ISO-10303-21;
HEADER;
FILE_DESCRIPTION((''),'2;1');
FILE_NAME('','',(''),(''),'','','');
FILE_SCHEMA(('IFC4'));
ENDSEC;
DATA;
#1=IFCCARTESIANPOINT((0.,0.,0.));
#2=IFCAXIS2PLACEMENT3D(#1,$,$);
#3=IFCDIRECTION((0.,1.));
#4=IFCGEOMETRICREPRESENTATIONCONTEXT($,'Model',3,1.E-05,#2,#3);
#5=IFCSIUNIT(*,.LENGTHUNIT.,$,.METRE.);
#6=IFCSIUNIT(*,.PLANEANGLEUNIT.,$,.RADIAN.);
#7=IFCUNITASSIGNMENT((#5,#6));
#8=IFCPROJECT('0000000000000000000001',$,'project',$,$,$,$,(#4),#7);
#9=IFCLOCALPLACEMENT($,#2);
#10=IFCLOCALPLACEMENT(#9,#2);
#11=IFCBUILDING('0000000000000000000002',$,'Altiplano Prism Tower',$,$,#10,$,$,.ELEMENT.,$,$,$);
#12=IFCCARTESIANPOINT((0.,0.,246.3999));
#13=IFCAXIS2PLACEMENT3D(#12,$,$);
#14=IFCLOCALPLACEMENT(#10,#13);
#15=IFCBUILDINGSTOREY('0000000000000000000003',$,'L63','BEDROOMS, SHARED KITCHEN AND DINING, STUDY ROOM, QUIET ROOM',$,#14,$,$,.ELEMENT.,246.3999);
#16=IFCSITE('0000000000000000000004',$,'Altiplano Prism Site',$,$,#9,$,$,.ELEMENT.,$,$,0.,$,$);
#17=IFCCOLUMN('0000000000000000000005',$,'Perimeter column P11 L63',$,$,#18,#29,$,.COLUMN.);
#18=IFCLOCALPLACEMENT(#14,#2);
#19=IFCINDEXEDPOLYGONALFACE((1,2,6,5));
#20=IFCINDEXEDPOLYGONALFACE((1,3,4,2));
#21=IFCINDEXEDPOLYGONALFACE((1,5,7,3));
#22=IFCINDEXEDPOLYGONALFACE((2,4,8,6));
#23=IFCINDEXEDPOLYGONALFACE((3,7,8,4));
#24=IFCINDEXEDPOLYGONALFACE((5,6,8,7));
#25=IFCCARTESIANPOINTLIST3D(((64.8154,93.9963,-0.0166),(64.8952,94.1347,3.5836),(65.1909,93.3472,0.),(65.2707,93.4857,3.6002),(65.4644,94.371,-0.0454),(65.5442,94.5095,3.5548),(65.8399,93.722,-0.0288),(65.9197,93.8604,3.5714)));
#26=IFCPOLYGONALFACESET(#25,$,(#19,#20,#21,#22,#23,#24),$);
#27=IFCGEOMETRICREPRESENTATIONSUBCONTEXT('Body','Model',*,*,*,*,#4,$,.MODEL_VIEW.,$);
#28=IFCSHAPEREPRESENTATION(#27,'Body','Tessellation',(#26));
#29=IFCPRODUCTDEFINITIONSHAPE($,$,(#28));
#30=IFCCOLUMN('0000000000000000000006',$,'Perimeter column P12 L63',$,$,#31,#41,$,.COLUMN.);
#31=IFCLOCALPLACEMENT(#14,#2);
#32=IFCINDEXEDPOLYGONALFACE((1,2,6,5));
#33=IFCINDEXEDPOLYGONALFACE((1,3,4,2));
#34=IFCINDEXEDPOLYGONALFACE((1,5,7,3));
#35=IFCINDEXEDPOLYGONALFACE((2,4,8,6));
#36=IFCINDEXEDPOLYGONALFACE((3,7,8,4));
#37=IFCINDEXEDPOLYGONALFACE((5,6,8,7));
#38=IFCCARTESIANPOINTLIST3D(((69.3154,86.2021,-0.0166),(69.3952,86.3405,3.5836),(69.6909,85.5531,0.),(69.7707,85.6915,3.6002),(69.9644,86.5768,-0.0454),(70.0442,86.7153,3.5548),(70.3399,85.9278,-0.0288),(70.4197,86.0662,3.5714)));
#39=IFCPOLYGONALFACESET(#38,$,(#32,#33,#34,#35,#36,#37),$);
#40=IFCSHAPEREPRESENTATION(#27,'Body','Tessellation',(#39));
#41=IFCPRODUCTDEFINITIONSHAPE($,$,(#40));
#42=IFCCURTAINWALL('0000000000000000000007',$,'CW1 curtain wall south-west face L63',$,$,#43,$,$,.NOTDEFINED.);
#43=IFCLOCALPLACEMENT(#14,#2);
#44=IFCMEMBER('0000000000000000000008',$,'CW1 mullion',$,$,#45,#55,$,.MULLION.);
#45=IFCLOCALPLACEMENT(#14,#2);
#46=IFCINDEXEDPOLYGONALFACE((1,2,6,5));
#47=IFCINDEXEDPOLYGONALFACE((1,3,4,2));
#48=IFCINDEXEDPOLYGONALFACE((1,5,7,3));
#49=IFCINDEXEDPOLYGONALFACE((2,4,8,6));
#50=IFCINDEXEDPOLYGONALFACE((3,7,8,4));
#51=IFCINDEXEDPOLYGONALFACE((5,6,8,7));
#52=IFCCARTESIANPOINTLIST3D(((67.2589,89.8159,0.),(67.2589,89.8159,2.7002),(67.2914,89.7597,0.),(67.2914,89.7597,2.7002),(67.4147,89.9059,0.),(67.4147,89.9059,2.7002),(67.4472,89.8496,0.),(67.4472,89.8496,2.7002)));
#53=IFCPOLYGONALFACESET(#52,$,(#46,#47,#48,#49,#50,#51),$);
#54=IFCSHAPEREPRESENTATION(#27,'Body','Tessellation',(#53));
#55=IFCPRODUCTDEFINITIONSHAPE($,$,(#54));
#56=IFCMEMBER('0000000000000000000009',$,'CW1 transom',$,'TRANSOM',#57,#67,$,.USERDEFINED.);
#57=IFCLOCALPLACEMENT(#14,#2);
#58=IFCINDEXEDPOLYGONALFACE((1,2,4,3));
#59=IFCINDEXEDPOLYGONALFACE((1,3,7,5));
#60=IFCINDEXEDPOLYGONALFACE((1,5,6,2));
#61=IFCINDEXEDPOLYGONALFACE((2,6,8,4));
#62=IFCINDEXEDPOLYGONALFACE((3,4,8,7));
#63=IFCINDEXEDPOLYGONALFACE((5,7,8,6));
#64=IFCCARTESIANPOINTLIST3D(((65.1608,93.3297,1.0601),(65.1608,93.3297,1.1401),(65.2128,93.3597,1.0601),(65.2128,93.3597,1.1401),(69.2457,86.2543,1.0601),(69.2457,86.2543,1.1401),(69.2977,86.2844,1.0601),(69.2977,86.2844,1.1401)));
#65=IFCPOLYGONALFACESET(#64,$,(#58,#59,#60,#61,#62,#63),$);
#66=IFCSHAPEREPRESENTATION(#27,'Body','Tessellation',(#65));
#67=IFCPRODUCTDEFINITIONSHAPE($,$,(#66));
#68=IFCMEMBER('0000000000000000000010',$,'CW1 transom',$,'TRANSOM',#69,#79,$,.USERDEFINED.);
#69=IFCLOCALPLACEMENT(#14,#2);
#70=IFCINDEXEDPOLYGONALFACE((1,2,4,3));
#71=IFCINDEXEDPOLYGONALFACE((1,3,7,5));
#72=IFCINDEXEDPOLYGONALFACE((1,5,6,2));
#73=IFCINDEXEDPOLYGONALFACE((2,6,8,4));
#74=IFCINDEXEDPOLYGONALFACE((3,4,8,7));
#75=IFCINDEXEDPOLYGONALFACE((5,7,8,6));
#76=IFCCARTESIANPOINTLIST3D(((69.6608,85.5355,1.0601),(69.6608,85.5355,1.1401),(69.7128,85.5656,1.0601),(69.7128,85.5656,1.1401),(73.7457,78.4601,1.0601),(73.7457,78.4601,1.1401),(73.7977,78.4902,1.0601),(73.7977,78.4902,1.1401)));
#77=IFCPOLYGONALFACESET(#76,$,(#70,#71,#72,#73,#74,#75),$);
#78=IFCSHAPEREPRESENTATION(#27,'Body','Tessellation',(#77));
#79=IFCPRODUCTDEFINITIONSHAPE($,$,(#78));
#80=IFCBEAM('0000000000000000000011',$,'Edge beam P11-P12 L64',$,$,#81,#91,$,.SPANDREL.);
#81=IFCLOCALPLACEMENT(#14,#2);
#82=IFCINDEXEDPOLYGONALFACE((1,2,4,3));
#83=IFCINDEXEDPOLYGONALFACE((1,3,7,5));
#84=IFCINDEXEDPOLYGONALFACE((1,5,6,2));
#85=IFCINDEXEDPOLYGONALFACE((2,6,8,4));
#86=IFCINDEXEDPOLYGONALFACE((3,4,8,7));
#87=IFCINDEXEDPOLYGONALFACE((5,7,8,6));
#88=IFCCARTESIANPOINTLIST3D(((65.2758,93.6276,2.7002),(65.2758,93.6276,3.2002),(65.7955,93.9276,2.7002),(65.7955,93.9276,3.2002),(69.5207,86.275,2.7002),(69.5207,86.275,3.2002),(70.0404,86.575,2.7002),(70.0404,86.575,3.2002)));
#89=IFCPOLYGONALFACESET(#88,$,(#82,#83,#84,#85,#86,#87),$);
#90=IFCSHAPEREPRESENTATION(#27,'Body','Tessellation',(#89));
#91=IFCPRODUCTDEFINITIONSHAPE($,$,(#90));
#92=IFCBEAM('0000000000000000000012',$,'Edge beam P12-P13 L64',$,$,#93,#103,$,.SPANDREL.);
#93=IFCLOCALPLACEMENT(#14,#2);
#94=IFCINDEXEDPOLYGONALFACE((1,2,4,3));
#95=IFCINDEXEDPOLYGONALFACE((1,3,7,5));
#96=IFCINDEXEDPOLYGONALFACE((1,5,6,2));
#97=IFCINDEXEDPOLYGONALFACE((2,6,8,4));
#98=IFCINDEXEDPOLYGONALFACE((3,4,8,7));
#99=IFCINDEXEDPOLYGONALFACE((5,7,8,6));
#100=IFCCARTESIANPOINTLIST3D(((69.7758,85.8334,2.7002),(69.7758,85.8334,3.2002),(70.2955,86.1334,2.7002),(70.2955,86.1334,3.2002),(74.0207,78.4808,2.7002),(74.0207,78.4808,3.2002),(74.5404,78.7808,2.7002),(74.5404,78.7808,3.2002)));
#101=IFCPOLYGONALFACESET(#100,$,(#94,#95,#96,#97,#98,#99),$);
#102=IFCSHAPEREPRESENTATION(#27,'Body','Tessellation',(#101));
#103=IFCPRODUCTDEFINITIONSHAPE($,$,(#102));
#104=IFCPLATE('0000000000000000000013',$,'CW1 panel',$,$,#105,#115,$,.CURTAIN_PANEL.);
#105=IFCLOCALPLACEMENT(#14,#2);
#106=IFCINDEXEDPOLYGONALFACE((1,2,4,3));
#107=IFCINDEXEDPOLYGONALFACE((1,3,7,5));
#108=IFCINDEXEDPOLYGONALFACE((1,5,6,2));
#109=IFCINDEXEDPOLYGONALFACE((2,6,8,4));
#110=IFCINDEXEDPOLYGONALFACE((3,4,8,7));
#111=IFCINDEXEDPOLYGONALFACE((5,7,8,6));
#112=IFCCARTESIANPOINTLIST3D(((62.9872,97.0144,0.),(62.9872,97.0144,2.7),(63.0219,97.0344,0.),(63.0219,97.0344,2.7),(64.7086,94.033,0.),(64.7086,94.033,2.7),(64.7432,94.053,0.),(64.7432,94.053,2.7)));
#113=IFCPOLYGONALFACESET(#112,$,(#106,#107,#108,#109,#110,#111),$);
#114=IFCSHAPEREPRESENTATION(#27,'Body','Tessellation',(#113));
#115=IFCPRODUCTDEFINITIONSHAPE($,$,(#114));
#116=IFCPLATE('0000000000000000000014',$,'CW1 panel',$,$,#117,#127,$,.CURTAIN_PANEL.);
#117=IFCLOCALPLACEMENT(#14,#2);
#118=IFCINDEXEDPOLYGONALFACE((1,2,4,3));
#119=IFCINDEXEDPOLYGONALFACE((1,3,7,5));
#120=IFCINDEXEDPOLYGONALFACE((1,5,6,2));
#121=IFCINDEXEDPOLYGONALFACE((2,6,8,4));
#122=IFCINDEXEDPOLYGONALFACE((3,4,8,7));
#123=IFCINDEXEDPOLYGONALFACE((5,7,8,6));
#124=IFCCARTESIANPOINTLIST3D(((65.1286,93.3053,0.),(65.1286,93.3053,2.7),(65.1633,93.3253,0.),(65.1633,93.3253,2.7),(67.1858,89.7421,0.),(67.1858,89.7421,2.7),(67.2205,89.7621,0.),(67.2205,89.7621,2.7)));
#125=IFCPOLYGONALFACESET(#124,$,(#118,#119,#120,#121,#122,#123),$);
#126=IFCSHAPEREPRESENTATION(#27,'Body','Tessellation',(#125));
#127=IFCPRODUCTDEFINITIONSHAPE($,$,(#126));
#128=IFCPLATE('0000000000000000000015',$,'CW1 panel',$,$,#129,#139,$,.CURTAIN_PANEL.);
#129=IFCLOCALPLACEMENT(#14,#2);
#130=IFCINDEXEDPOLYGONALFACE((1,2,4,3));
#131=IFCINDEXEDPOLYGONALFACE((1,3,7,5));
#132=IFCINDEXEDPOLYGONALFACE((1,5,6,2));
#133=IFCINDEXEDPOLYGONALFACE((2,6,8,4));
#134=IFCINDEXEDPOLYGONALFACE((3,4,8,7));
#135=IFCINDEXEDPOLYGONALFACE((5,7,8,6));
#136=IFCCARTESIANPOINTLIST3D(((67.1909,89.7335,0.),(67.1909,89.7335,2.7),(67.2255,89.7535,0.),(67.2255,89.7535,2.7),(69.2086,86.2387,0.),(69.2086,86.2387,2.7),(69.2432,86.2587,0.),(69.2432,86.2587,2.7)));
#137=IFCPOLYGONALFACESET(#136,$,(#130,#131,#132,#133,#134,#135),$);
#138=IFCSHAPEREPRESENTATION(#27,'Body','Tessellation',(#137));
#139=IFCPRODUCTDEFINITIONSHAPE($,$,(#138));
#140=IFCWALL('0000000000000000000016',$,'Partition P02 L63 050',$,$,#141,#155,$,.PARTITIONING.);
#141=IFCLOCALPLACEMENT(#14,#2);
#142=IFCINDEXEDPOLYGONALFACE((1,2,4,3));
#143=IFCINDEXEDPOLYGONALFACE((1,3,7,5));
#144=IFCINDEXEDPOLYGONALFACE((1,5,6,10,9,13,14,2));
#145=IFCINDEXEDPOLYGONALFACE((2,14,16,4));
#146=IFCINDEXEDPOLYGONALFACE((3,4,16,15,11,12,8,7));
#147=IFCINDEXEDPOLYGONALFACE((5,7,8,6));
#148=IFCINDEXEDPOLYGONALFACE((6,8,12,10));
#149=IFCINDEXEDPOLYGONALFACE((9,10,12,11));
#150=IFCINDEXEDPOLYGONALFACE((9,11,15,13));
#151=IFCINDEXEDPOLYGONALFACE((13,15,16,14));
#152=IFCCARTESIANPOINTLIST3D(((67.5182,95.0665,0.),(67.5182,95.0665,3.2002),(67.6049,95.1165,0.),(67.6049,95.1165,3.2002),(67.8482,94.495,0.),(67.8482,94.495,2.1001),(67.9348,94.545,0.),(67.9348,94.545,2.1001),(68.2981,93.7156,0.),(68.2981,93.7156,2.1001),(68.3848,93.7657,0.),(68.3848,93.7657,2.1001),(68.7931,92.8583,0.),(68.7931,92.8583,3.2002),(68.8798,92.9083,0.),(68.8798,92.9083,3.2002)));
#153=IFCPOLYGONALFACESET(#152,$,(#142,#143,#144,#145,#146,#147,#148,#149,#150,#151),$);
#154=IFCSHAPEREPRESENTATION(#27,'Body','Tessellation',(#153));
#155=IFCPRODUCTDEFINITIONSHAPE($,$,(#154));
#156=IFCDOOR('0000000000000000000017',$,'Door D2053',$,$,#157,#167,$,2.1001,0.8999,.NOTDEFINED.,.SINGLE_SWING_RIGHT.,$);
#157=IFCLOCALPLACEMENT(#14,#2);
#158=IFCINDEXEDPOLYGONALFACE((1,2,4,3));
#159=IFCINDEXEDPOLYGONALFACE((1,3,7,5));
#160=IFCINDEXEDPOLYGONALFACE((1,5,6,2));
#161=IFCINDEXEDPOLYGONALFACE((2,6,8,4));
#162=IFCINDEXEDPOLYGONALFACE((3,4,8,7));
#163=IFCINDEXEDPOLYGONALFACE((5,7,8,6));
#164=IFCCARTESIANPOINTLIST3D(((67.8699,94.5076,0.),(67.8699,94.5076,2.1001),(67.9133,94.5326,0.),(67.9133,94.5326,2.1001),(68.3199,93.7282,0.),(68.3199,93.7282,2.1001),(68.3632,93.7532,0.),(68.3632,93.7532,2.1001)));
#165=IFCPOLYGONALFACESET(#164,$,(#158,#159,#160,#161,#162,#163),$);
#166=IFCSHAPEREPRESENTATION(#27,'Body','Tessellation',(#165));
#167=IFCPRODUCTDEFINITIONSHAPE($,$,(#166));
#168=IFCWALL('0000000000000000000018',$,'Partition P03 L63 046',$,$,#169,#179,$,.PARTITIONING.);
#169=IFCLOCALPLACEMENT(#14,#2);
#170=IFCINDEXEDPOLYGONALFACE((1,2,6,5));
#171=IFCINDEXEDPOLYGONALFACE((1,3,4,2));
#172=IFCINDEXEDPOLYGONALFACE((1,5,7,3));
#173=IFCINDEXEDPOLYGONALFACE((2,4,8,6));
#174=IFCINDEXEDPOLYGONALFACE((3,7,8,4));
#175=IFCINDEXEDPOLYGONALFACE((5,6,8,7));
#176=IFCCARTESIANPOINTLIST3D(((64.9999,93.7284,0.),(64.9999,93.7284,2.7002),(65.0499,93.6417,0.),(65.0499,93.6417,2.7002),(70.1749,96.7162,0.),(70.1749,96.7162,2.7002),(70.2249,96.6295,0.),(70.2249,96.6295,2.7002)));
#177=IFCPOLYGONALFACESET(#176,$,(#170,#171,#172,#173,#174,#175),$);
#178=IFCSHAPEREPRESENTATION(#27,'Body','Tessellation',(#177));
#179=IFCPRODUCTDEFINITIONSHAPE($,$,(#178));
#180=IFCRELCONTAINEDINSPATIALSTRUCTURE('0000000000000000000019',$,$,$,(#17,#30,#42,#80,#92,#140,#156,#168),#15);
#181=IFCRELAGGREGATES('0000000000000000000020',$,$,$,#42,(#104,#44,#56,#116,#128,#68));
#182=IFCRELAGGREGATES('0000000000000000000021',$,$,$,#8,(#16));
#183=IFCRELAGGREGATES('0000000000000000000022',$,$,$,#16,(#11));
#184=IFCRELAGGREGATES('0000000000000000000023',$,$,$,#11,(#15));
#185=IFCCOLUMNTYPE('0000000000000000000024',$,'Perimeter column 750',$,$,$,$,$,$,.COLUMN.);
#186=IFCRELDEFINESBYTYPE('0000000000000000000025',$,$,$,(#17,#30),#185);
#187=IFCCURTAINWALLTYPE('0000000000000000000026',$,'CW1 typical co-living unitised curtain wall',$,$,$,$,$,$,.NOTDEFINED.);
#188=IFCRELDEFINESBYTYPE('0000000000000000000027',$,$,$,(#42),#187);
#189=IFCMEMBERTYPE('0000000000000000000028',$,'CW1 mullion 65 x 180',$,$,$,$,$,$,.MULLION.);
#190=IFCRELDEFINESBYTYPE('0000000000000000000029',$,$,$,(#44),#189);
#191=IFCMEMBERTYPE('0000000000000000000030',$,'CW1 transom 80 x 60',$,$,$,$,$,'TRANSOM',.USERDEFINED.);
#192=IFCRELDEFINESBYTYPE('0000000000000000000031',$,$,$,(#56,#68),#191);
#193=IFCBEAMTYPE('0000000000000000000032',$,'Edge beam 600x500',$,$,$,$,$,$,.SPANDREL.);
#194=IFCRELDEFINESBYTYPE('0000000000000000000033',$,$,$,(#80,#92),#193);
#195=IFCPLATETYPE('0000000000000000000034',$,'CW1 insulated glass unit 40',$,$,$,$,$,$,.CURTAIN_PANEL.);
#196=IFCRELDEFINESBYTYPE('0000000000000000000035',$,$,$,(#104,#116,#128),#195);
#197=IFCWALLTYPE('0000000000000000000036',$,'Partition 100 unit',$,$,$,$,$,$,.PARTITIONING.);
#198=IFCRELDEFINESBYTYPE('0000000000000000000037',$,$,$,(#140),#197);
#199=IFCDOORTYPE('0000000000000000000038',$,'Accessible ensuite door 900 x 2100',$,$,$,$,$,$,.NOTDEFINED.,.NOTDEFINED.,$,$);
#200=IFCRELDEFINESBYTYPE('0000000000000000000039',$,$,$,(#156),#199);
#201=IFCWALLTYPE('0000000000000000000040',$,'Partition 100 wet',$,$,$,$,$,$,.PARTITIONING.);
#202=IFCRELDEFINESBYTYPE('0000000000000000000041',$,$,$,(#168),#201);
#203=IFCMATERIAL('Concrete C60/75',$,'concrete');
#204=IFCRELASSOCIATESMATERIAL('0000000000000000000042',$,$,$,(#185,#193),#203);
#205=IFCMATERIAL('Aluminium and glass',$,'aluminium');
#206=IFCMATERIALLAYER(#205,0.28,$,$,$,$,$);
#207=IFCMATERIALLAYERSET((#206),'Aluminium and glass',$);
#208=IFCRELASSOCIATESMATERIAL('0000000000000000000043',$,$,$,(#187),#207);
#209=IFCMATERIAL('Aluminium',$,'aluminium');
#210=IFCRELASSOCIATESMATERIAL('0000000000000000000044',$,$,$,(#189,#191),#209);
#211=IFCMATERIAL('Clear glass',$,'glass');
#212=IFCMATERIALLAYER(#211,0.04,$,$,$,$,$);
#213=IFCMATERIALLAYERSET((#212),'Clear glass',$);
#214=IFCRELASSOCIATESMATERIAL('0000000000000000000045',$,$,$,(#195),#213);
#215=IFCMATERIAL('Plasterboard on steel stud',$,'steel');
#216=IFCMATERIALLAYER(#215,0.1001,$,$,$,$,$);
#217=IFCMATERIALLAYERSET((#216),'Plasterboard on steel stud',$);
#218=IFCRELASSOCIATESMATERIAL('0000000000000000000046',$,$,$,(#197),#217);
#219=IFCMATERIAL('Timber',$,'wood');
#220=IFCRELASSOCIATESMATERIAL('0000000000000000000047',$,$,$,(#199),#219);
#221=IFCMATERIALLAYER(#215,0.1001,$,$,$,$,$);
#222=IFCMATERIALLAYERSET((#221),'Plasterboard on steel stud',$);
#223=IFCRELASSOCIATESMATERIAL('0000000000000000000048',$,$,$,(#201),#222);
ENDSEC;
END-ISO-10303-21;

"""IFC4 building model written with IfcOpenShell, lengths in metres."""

from ifc_helpers import new_model, si_unit, direction, frame, frame_2d, origin, origin_2d, place, context, subcontext, project, spatial, rectangle, extrude, material, layer, layer_set, material_profile, profile_set, type_object, element, fill, aggregate, save


model = new_model("IFC4")

# Units and contexts
model_context = context("Model", 3, precision=1e-05, world=origin(), true_north=direction((0.0, 1.0)))
body_context = subcontext(model_context, "Body", "Model", "MODEL_VIEW")
ifc_project = project(units=[si_unit("LENGTHUNIT", "METRE"), si_unit("PLANEANGLEUNIT", "RADIAN")], contexts=[model_context])

# Site, building, storey
site_placement = place(None, origin())
site = spatial("IfcSite", under=ifc_project, at=site_placement, Name="Altiplano Prism Site", CompositionType="ELEMENT", RefElevation=0.0)
building_placement = place(site_placement, origin())
building = spatial("IfcBuilding", under=site, at=building_placement, Name="Altiplano Prism Tower", CompositionType="ELEMENT")
storey_placement = place(building_placement, frame((0.0, 0.0, 246.3999)))
storey = spatial("IfcBuildingStorey", under=building, at=storey_placement, Name="L63", Description="BEDROOMS, SHARED KITCHEN AND DINING, STUDY ROOM, QUIET ROOM", CompositionType="ELEMENT", Elevation=246.3999)

# Columns
ifc_material_1 = material(Name="Concrete C60/75", Category="concrete")
ifc_material_profile_1 = material_profile(ifc_material_1, rectangle(XDim=0.75, YDim=0.75, at=origin_2d()), Name="Perimeter column 750")
ifc_profile_set_1 = profile_set([ifc_material_profile_1], Name="Concrete C60/75")
column_type = type_object("IfcColumnType", Name="Perimeter column 750", PredefinedType="COLUMN", material=ifc_profile_set_1)
for number, where, z_axis, x_axis, name in (
    (1, (65.3276, 93.8591, -0.0227), (0.022154, 0.038413, 0.999016), (-0.865361, -0.499676, 0.038403), "Perimeter column P11 L63"),
    (2, (69.8276, 86.0649, -0.0227), (0.022154, 0.038413, 0.999016), (-0.865359, -0.499678, 0.038403), "Perimeter column P12 L63"),
):
    element("IfcColumn", number, at=place(storey_placement, frame(where, z_axis=z_axis, x_axis=x_axis)), inside=storey, type_object=column_type, Name=name, PredefinedType="COLUMN", context=body_context, shape_type="SweptSolid", body=[
        extrude(rectangle(XDim=0.75, YDim=0.75, at=origin_2d()), origin(), (0.0, 0.0, 1.0), 3.6038),
    ])

# Curtain wall, members
ifc_material_2 = material(Name="Aluminium and glass", Category="aluminium")
ifc_layer_1 = layer(ifc_material_2, 0.28)
ifc_layer_set_1 = layer_set([ifc_layer_1], Name="Aluminium and glass")
curtain_wall_type = type_object("IfcCurtainWallType", Name="CW1 typical co-living unitised curtain wall", PredefinedType="NOTDEFINED", material=ifc_layer_set_1)
curtain_wall_placement = place(storey_placement, origin())
curtain_wall = element("IfcCurtainWall", 3, at=curtain_wall_placement, inside=storey, type_object=curtain_wall_type, Name="CW1 curtain wall south-west face L63", PredefinedType="NOTDEFINED")
ifc_material_3 = material(Name="Aluminium", Category="aluminium")
ifc_material_profile_2 = material_profile(ifc_material_3, rectangle(XDim=0.1799, YDim=0.0649, at=origin_2d()), Name="CW1 mullion 65 x 180")
ifc_profile_set_2 = profile_set([ifc_material_profile_2], Name="Aluminium")
member_type_1 = type_object("IfcMemberType", Name="CW1 mullion 65 x 180", PredefinedType="MULLION", material=ifc_profile_set_2)
member_1_placement = place(storey_placement, frame((67.353, 89.8328, 0.0), z_axis=(0.0, 0.0, 1.0), x_axis=(0.866025, 0.5, 0.0)))
member_1 = element("IfcMember", 4, at=member_1_placement, type_object=member_type_1, Name="CW1 mullion", PredefinedType="MULLION", context=body_context, shape_type="SweptSolid", body=[
    extrude(rectangle(XDim=0.1799, YDim=0.0649, at=origin_2d()), origin(), (0.0, 0.0, 1.0), 2.7002),
])
ifc_material_profile_3 = material_profile(ifc_material_3, rectangle(XDim=0.0601, YDim=0.0801, at=origin_2d()), Name="CW1 transom 80 x 60")
ifc_profile_set_3 = profile_set([ifc_material_profile_3], Name="Aluminium")
member_type_2 = type_object("IfcMemberType", Name="CW1 transom 80 x 60", ElementType="TRANSOM", PredefinedType="USERDEFINED", material=ifc_profile_set_3)
member_2_placement = place(storey_placement, frame((65.1868, 93.3447, 1.1001), z_axis=(0.499996, -0.866028, 0.0), x_axis=(0.866028, 0.499996, 0.0)))
member_2 = element("IfcMember", 5, at=member_2_placement, type_object=member_type_2, Name="CW1 transom", ObjectType="TRANSOM", PredefinedType="USERDEFINED", context=body_context, shape_type="SweptSolid", body=[
    extrude(rectangle(XDim=0.0601, YDim=0.0801, at=origin_2d()), origin(), (0.0, 0.0, 1.0), 8.1699),
])
member_3_placement = place(storey_placement, frame((69.6868, 85.5505, 1.1001), z_axis=(0.499996, -0.866028, 0.0), x_axis=(0.866028, 0.499996, 0.0)))
member_3 = element("IfcMember", 6, at=member_3_placement, type_object=member_type_2, Name="CW1 transom", ObjectType="TRANSOM", PredefinedType="USERDEFINED", context=body_context, shape_type="SweptSolid", body=[
    extrude(rectangle(XDim=0.0601, YDim=0.0801, at=origin_2d()), origin(), (0.0, 0.0, 1.0), 8.1699),
])

# Beams
ifc_material_profile_4 = material_profile(ifc_material_1, rectangle(XDim=0.6001, YDim=0.5, at=origin_2d()), Name="Edge beam 600x500")
ifc_profile_set_4 = profile_set([ifc_material_profile_4], Name="Concrete C60/75")
beam_type = type_object("IfcBeamType", Name="Edge beam 600x500", PredefinedType="SPANDREL", material=ifc_profile_set_4)
for number, where, z_axis, x_axis, name in (
    (7, (65.5356, 93.7776, 2.9502), (0.49999, -0.866031, 0.0), (0.866031, 0.49999, 0.0), "Edge beam P11-P12 L64"),
    (8, (70.0356, 85.9834, 2.9502), (0.49999, -0.866031, 0.0), (0.866031, 0.49999, 0.0), "Edge beam P12-P13 L64"),
):
    element("IfcBeam", number, at=place(storey_placement, frame(where, z_axis=z_axis, x_axis=x_axis)), inside=storey, type_object=beam_type, Name=name, PredefinedType="SPANDREL", context=body_context, shape_type="SweptSolid", body=[
        extrude(rectangle(XDim=0.6001, YDim=0.5, at=origin_2d()), origin(), (0.0, 0.0, 1.0), 8.49),
    ])

# Plates
ifc_material_4 = material(Name="Clear glass", Category="glass")
ifc_layer_2 = layer(ifc_material_4, 0.04)
ifc_layer_set_2 = layer_set([ifc_layer_2], Name="Clear glass")
plate_type = type_object("IfcPlateType", Name="CW1 insulated glass unit 40", PredefinedType="CURTAIN_PANEL", material=ifc_layer_set_2)
plate_1_placement = place(storey_placement, frame((63.8652, 95.5337, 0.0), z_axis=(0.0, 0.0, 1.0), x_axis=(0.5, -0.866025, 0.0)))
plate_1 = element("IfcPlate", 9, at=plate_1_placement, type_object=plate_type, Name="CW1 panel", PredefinedType="CURTAIN_PANEL", context=body_context, shape_type="SweptSolid", body=[
    extrude(rectangle(XDim=3.4426, YDim=0.04, at=origin_2d()), origin(), (0.0, 0.0, 1.0), 2.7),
])
plate_2_placement = place(storey_placement, frame((66.1746, 91.5337, 0.0), z_axis=(0.0, 0.0, 1.0), x_axis=(0.5, -0.866025, 0.0)))
plate_2 = element("IfcPlate", 10, at=plate_2_placement, type_object=plate_type, Name="CW1 panel", PredefinedType="CURTAIN_PANEL", context=body_context, shape_type="SweptSolid", body=[
    extrude(rectangle(XDim=4.1145, YDim=0.04, at=origin_2d()), origin(), (0.0, 0.0, 1.0), 2.7),
])
plate_3_placement = place(storey_placement, frame((68.217, 87.9961, 0.0), z_axis=(0.0, 0.0, 1.0), x_axis=(0.5, -0.866025, 0.0)))
plate_3 = element("IfcPlate", 11, at=plate_3_placement, type_object=plate_type, Name="CW1 panel", PredefinedType="CURTAIN_PANEL", context=body_context, shape_type="SweptSolid", body=[
    extrude(rectangle(XDim=4.0354, YDim=0.04, at=origin_2d()), origin(), (0.0, 0.0, 1.0), 2.7),
])
aggregate(curtain_wall, [plate_1, member_1, member_2, plate_2, plate_3, member_3])

# Wall, opening, door
ifc_material_5 = material(Name="Plasterboard on steel stud", Category="steel")
ifc_layer_3 = layer(ifc_material_5, 0.1001)
ifc_layer_set_3 = layer_set([ifc_layer_3], Name="Plasterboard on steel stud")
wall_type_1 = type_object("IfcWallType", Name="Partition 100 unit", PredefinedType="PARTITIONING", material=ifc_layer_set_3)
wall_1_placement = place(storey_placement, frame((68.8364, 92.8833, 0.0), z_axis=(0.0, 0.0, 1.0), x_axis=(-0.49999, 0.866031, 0.0)))
wall_1 = element("IfcWall", 12, at=wall_1_placement, inside=storey, type_object=wall_type_1, Name="Partition P02 L63 050", PredefinedType="PARTITIONING", context=body_context, shape_type="SweptSolid", body=[
    extrude(rectangle(XDim=2.5498, YDim=0.1001, at=frame_2d((1.2749, 0.0))), origin(), (0.0, 0.0, 1.0), 3.2002),
])
opening_1_placement = place(wall_1_placement, frame((0.99, 0.0, 0.0)))
opening_1 = element("IfcOpeningElement", 13, at=opening_1_placement, cuts=wall_1, PredefinedType="OPENING", context=body_context, shape_type="SweptSolid", body=[
    extrude(rectangle(XDim=0.8999, YDim=2.1001, at=frame_2d((0.45, 1.05))), frame((0.0, 0.0605, 0.0), z_axis=(0.0, -1.0, 0.0), x_axis=(1.0, 0.0, 0.0)), (0.0, 0.0, 1.0), 0.1211),
])
ifc_material_6 = material(Name="Timber", Category="wood")
door_type_1 = type_object("IfcDoorType", Name="Accessible ensuite door 900 x 2100", OperationType="NOTDEFINED", PredefinedType="NOTDEFINED", material=ifc_material_6)
door_1_placement = place(opening_1_placement, origin())
door_1 = element("IfcDoor", 14, at=door_1_placement, inside=storey, type_object=door_type_1, Name="Door D2053", OperationType="SINGLE_SWING_RIGHT", OverallHeight=2.1001, OverallWidth=0.8999, PredefinedType="NOTDEFINED", context=body_context, shape_type="SweptSolid", body=[
    extrude(rectangle(XDim=0.8999, YDim=2.1001, at=frame_2d((0.45, 1.05))), frame((0.0, 0.0249, 0.0), z_axis=(0.0, -1.0, 0.0), x_axis=(1.0, 0.0, 0.0)), (0.0, 0.0, 1.0), 0.05),
])
fill(opening_1, door_1)

# Wall
ifc_layer_4 = layer(ifc_material_5, 0.1001)
ifc_layer_set_4 = layer_set([ifc_layer_4], Name="Plasterboard on steel stud")
wall_type_2 = type_object("IfcWallType", Name="Partition 100 wet", PredefinedType="PARTITIONING", material=ifc_layer_set_4)
wall_2_placement = place(storey_placement, frame((65.0249, 93.6851, 0.0), z_axis=(0.0, 0.0, 1.0), x_axis=(0.866027, 0.499997, 0.0)))
element("IfcWall", 15, at=wall_2_placement, inside=storey, type_object=wall_type_2, Name="Partition P03 L63 046", PredefinedType="PARTITIONING", context=body_context, shape_type="SweptSolid", body=[
    extrude(rectangle(XDim=5.9756, YDim=0.1001, at=frame_2d((2.9878, 0.0))), origin(), (0.0, 0.0, 1.0), 2.7002),
])

save(model, "model.ifc")
